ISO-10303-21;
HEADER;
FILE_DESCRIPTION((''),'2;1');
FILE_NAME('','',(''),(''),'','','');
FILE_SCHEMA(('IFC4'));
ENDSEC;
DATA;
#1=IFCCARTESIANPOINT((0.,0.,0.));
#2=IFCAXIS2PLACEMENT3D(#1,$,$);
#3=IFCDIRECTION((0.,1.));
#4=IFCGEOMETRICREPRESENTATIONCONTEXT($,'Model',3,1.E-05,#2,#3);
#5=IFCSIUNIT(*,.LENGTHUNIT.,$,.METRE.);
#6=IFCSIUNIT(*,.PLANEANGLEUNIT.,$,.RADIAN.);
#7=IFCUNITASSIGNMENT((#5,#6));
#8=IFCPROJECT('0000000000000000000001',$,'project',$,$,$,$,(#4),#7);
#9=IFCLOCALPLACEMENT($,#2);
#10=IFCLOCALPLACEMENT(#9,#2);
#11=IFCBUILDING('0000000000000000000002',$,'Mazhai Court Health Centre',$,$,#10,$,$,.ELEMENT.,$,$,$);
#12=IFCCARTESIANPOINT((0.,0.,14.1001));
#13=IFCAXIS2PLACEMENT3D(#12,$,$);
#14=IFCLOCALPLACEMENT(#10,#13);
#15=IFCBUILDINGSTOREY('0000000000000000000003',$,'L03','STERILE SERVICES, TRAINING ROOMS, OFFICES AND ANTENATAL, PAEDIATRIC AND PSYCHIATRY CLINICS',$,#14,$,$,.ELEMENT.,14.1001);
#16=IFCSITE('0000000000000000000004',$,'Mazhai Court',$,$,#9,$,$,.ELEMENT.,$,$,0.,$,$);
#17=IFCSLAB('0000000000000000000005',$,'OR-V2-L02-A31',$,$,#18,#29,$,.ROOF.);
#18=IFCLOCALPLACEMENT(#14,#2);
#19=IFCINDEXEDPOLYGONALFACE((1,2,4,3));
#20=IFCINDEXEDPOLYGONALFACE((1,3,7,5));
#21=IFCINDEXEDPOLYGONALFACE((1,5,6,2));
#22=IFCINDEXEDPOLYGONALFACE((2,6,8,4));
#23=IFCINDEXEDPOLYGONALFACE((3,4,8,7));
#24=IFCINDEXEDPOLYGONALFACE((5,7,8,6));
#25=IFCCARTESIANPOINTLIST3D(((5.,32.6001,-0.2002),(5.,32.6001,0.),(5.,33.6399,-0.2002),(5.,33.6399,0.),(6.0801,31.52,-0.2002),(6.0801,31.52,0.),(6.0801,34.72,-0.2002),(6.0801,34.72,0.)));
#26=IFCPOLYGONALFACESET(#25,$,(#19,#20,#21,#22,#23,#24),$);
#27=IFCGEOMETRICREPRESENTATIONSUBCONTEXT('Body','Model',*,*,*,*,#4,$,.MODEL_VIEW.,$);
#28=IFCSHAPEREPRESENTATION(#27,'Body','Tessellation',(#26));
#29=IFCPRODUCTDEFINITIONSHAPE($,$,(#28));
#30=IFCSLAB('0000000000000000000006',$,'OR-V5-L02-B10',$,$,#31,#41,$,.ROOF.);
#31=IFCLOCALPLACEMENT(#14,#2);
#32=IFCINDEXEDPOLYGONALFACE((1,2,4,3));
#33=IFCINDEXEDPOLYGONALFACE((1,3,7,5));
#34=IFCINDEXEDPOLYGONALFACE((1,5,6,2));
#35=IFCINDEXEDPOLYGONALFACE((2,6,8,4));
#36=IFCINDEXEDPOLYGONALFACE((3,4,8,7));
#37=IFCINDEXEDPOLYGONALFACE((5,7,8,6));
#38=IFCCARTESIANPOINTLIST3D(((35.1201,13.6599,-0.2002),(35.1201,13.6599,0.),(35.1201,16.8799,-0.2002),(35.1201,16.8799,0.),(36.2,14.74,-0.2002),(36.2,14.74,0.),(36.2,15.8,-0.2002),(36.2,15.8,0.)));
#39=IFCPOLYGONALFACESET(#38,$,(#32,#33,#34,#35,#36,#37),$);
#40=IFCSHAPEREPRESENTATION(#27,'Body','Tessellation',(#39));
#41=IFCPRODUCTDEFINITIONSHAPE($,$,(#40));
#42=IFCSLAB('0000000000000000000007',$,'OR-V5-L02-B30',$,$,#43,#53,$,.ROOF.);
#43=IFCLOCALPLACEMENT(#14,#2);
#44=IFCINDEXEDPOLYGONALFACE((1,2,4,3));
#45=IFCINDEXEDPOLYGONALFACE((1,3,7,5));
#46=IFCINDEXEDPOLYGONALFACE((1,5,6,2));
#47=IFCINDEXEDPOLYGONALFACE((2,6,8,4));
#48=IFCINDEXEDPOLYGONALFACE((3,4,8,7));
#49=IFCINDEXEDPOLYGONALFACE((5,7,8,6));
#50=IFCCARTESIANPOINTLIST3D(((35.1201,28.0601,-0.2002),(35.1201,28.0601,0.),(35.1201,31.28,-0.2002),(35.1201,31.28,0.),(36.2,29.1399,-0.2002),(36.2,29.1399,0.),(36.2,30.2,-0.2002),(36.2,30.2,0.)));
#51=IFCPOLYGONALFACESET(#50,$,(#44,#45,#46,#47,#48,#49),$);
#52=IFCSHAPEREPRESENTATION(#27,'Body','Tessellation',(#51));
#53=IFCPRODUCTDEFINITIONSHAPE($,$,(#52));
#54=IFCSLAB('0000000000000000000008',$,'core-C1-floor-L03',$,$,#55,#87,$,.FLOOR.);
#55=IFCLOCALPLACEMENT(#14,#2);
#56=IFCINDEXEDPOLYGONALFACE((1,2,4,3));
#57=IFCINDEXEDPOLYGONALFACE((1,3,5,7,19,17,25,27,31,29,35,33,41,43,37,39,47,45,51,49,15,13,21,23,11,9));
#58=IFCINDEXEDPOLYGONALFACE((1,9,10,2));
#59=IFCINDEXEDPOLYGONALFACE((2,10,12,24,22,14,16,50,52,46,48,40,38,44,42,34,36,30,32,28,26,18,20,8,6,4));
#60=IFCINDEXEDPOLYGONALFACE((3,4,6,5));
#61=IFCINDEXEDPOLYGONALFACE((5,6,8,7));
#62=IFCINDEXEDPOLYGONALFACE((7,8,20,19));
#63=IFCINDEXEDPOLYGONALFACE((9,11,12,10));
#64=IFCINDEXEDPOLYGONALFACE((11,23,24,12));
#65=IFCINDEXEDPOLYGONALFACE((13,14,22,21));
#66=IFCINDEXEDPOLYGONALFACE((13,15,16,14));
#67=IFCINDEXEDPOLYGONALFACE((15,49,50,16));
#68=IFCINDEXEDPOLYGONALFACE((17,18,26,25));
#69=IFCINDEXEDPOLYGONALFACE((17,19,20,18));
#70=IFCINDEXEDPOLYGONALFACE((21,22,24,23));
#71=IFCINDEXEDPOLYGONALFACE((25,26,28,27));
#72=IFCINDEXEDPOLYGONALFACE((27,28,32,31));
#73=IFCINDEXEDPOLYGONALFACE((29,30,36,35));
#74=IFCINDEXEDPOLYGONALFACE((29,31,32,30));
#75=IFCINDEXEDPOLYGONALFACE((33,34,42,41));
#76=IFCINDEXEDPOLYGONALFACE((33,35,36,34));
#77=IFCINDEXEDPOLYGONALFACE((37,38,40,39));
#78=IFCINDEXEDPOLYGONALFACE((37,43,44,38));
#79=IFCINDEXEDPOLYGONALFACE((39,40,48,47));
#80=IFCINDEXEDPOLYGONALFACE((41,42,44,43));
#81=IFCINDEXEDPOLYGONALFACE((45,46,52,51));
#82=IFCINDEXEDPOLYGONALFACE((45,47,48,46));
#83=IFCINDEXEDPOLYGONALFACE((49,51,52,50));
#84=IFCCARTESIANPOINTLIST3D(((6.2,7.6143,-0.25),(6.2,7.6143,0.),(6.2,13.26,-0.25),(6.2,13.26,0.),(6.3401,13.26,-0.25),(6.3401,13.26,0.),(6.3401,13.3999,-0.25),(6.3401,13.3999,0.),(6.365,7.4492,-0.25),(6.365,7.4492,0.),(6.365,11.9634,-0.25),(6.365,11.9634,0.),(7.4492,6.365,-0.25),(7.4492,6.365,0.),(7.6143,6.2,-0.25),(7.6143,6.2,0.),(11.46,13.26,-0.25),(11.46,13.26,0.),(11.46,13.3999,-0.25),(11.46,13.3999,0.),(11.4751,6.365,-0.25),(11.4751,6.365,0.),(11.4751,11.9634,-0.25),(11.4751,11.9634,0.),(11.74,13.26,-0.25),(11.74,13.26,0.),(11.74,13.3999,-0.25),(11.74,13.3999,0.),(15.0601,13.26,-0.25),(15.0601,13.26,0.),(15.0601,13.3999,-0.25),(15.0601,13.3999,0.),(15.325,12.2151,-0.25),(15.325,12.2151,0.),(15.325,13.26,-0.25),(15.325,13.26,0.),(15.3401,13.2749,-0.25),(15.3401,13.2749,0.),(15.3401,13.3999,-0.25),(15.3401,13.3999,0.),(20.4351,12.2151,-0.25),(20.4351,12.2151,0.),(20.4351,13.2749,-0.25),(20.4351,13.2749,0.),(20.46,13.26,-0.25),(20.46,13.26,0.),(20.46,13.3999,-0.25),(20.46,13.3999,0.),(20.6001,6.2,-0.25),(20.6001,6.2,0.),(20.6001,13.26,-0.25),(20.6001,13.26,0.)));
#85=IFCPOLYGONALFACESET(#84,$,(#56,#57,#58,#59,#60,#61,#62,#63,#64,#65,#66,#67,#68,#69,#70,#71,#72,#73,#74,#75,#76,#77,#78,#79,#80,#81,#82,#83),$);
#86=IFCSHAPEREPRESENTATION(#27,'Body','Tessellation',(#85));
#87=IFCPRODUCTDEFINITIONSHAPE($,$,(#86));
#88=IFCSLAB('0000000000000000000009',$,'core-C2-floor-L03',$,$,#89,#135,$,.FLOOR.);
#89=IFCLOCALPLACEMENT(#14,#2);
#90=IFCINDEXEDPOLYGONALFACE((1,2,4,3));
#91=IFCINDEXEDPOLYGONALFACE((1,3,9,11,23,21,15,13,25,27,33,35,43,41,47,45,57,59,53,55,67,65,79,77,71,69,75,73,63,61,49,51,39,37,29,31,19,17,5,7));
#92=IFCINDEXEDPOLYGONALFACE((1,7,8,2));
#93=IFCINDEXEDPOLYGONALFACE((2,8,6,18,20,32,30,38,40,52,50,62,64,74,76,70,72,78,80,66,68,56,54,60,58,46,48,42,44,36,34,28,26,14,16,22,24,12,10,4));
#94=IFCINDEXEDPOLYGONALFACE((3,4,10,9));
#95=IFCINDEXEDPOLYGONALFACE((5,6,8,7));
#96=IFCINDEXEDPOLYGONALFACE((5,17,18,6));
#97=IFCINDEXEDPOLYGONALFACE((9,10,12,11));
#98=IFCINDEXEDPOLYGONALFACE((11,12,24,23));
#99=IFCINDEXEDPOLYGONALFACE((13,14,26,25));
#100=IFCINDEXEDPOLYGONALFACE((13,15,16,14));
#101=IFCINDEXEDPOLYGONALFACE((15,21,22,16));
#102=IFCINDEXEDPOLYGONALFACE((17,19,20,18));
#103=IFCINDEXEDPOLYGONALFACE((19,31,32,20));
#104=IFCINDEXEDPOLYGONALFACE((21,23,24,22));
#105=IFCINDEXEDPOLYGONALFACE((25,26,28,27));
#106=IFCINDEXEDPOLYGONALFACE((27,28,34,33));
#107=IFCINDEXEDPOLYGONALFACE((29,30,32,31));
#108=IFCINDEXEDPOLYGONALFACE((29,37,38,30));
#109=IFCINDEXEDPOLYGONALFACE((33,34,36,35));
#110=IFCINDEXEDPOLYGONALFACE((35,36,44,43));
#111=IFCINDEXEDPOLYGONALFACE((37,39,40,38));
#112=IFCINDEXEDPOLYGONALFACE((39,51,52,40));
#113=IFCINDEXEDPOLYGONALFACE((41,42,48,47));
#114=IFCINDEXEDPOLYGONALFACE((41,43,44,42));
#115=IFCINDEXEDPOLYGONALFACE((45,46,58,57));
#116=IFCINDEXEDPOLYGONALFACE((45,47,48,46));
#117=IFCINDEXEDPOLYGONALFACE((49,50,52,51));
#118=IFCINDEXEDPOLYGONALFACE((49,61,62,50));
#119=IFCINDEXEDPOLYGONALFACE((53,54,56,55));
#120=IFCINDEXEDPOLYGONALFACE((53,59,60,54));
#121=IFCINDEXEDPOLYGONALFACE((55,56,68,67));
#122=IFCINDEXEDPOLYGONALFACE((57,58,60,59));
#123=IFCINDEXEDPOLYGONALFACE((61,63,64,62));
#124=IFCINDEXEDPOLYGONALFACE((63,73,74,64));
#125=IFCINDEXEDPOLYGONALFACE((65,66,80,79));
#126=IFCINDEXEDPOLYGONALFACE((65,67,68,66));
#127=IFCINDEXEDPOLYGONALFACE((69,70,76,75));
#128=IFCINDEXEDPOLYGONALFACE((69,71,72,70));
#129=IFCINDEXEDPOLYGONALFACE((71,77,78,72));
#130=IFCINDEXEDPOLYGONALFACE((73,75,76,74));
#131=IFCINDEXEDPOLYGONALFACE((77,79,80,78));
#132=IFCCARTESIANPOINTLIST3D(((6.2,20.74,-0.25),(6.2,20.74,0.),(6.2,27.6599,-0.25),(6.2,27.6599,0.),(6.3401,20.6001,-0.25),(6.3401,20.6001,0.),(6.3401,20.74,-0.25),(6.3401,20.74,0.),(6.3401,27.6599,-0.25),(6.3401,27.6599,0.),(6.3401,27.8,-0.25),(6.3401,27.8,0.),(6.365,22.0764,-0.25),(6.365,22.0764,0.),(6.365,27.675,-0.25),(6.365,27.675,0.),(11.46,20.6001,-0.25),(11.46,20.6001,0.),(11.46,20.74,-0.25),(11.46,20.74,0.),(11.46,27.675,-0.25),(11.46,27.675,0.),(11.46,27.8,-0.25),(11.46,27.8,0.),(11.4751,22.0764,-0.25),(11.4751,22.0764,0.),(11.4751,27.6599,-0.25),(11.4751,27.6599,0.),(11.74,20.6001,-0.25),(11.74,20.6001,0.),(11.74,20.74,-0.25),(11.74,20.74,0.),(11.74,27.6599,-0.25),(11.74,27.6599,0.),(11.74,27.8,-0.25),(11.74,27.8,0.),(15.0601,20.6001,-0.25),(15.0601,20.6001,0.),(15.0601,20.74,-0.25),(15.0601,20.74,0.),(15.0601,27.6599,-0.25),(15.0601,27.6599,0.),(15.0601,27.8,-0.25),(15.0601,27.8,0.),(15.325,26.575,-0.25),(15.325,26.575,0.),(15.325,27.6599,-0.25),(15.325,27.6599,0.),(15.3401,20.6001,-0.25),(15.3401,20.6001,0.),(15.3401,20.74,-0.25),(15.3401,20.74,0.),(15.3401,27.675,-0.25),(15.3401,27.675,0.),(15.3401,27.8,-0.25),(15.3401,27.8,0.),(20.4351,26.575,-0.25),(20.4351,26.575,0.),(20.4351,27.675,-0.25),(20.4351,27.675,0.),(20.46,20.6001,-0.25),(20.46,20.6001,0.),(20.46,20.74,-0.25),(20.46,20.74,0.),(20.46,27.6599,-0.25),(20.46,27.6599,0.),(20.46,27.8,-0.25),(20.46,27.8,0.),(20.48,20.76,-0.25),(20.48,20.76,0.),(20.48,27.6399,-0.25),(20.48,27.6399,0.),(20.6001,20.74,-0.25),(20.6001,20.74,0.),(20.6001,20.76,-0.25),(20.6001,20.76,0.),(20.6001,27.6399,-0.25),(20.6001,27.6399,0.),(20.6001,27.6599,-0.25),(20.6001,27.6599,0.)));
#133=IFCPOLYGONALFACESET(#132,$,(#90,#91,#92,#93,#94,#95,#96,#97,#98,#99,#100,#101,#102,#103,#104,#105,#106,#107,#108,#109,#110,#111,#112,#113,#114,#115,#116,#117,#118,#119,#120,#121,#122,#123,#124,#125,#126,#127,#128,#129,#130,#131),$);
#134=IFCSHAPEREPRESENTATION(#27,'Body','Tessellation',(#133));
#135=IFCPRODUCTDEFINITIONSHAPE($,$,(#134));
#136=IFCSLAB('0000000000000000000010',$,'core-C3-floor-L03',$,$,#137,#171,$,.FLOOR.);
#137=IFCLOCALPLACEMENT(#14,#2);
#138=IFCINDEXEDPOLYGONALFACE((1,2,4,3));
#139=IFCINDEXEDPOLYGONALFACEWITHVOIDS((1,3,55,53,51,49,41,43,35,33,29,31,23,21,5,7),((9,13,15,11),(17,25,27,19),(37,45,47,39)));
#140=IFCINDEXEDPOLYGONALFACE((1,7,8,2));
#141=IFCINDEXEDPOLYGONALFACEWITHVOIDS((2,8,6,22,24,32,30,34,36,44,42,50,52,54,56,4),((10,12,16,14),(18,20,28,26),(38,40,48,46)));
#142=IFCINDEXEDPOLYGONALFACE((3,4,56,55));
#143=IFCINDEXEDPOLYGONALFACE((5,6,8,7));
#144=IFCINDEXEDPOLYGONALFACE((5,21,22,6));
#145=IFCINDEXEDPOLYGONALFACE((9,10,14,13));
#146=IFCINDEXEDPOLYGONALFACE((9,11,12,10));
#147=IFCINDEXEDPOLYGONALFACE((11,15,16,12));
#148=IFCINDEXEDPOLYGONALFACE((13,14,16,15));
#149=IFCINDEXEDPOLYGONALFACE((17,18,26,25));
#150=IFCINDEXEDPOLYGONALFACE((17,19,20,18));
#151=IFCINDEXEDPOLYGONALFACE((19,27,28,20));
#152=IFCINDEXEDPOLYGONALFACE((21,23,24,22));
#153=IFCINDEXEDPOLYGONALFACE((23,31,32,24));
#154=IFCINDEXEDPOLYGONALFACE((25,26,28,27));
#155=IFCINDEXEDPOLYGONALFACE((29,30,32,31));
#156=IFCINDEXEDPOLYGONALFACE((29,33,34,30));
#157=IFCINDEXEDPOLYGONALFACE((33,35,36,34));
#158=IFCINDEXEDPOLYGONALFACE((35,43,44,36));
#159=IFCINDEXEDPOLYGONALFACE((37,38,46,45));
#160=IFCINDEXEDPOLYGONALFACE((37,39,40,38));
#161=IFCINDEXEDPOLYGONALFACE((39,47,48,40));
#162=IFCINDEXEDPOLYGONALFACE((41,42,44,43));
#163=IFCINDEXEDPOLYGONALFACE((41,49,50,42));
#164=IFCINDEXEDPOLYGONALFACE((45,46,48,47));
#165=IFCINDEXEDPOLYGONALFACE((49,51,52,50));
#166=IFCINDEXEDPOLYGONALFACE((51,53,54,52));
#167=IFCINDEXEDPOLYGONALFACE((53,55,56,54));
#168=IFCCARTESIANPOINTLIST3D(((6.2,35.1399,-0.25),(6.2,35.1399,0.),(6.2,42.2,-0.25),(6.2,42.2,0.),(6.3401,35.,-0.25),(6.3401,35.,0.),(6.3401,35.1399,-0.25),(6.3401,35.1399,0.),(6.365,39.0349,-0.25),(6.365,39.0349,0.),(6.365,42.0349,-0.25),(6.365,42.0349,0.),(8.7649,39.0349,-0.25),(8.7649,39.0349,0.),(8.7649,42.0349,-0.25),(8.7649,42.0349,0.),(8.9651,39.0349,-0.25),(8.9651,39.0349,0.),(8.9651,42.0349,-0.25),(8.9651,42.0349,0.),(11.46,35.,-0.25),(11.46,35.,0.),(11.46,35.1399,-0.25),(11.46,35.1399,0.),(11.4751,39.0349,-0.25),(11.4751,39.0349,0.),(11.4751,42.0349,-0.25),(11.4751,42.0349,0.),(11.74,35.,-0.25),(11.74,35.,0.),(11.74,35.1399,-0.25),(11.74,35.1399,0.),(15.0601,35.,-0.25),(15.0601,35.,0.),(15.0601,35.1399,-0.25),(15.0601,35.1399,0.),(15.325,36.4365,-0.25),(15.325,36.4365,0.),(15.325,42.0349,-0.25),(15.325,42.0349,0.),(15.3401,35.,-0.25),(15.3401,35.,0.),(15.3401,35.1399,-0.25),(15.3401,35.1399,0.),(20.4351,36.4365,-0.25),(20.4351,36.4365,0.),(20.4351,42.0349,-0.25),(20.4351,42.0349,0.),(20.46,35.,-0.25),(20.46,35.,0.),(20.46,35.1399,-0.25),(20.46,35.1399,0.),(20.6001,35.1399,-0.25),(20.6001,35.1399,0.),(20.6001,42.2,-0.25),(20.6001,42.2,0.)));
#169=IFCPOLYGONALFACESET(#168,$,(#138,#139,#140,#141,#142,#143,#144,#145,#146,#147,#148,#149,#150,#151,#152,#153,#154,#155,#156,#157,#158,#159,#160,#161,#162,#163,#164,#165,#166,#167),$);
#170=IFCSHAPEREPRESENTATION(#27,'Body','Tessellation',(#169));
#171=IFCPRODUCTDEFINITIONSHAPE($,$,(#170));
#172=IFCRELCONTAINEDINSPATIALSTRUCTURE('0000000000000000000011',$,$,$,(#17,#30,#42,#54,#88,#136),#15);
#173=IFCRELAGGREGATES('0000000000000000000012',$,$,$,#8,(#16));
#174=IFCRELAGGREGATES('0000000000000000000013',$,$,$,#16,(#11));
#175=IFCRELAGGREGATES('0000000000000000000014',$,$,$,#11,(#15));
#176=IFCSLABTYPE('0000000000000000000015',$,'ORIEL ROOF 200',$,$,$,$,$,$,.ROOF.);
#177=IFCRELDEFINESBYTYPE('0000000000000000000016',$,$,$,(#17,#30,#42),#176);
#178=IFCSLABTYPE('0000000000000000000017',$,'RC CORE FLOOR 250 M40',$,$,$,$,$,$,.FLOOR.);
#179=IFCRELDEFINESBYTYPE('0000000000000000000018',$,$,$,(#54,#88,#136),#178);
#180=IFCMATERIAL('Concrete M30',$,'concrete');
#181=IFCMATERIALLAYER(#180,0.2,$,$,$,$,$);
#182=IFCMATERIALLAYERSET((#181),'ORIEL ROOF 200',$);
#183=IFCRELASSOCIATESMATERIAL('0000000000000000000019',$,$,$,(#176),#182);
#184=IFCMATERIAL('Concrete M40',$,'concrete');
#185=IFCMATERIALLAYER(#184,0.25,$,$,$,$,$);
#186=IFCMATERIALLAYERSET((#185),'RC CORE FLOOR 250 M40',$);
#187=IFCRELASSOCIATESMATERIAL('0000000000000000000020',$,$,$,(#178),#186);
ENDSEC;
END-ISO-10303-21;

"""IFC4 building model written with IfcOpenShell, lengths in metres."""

from ifc_helpers import new_model, si_unit, direction, frame, origin, place, context, subcontext, project, spatial, polyline, outline, extrude, material, layer, layer_set, type_object, element, save


model = new_model("IFC4")

# Units and contexts
model_context = context("Model", 3, precision=1e-05, world=origin(), true_north=direction((0.0, 1.0)))
body_context = subcontext(model_context, "Body", "Model", "MODEL_VIEW")
ifc_project = project(units=[si_unit("LENGTHUNIT", "METRE"), si_unit("PLANEANGLEUNIT", "RADIAN")], contexts=[model_context])

# Site, building, storey
site_placement = place(None, origin())
site = spatial("IfcSite", under=ifc_project, at=site_placement, Name="Mazhai Court", CompositionType="ELEMENT", RefElevation=0.0)
building_placement = place(site_placement, origin())
building = spatial("IfcBuilding", under=site, at=building_placement, Name="Mazhai Court Health Centre", CompositionType="ELEMENT")
storey_placement = place(building_placement, frame((0.0, 0.0, 14.1001)))
storey = spatial("IfcBuildingStorey", under=building, at=storey_placement, Name="L03", Description="STERILE SERVICES, TRAINING ROOMS, OFFICES AND ANTENATAL, PAEDIATRIC AND PSYCHIATRY CLINICS", CompositionType="ELEMENT", Elevation=14.1001)

# Slabs
ifc_material_1 = material(Name="Concrete M30", Category="concrete")
ifc_layer_1 = layer(ifc_material_1, 0.2)
ifc_layer_set_1 = layer_set([ifc_layer_1], Name="ORIEL ROOF 200")
slab_type_1 = type_object("IfcSlabType", Name="ORIEL ROOF 200", PredefinedType="ROOF", material=ifc_layer_set_1)
slab_1_placement = place(storey_placement, frame((0.0, 0.0, -0.2002)))
element("IfcSlab", 1, at=slab_1_placement, inside=storey, type_object=slab_type_1, Name="OR-V2-L02-A31", PredefinedType="ROOF", context=body_context, shape_type="SweptSolid", body=[
    extrude(outline(polyline([(6.0801, 31.52), (5.0, 32.6001), (5.0, 33.6399), (6.0801, 34.72), (6.0801, 31.52)])), origin(), (0.0, 0.0, 1.0), 0.2002),
])
slab_2_placement = place(storey_placement, frame((0.0, 0.0, -0.2002)))
element("IfcSlab", 2, at=slab_2_placement, inside=storey, type_object=slab_type_1, Name="OR-V5-L02-B10", PredefinedType="ROOF", context=body_context, shape_type="SweptSolid", body=[
    extrude(outline(polyline([(35.1201, 13.6599), (36.2, 14.74), (36.2, 15.8), (35.1201, 16.8799), (35.1201, 13.6599)])), origin(), (0.0, 0.0, 1.0), 0.2002),
])
slab_3_placement = place(storey_placement, frame((0.0, 0.0, -0.2002)))
element("IfcSlab", 3, at=slab_3_placement, inside=storey, type_object=slab_type_1, Name="OR-V5-L02-B30", PredefinedType="ROOF", context=body_context, shape_type="SweptSolid", body=[
    extrude(outline(polyline([(35.1201, 28.0601), (36.2, 29.1399), (36.2, 30.2), (35.1201, 31.28), (35.1201, 28.0601)])), origin(), (0.0, 0.0, 1.0), 0.2002),
])
ifc_material_2 = material(Name="Concrete M40", Category="concrete")
ifc_layer_2 = layer(ifc_material_2, 0.25)
ifc_layer_set_2 = layer_set([ifc_layer_2], Name="RC CORE FLOOR 250 M40")
slab_type_2 = type_object("IfcSlabType", Name="RC CORE FLOOR 250 M40", PredefinedType="FLOOR", material=ifc_layer_set_2)
slab_4_placement = place(storey_placement, frame((0.0, 0.0, -0.25)))
element("IfcSlab", 4, at=slab_4_placement, inside=storey, type_object=slab_type_2, Name="core-C1-floor-L03", PredefinedType="FLOOR", context=body_context, shape_type="SweptSolid", body=[
    extrude(outline(polyline([(6.3401, 13.3999), (11.46, 13.3999), (11.46, 13.26), (11.74, 13.26), (11.74, 13.3999), (15.0601, 13.3999), (15.0601, 13.26), (15.325, 13.26), (15.325, 12.2151), (20.4351, 12.2151), (20.4351, 13.2749), (15.3401, 13.2749), (15.3401, 13.3999), (20.46, 13.3999), (20.46, 13.26), (20.6001, 13.26), (20.6001, 6.2), (7.6143, 6.2), (7.4492, 6.365), (11.4751, 6.365), (11.4751, 11.9634), (6.365, 11.9634), (6.365, 7.4492), (6.2, 7.6143), (6.2, 13.26), (6.3401, 13.26), (6.3401, 13.3999)])), origin(), (0.0, 0.0, 1.0), 0.25),
])
slab_5_placement = place(storey_placement, frame((0.0, 0.0, -0.25)))
element("IfcSlab", 5, at=slab_5_placement, inside=storey, type_object=slab_type_2, Name="core-C2-floor-L03", PredefinedType="FLOOR", context=body_context, shape_type="SweptSolid", body=[
    extrude(outline(polyline([(6.3401, 27.8), (11.46, 27.8), (11.46, 27.675), (6.365, 27.675), (6.365, 22.0764), (11.4751, 22.0764), (11.4751, 27.6599), (11.74, 27.6599), (11.74, 27.8), (15.0601, 27.8), (15.0601, 27.6599), (15.325, 27.6599), (15.325, 26.575), (20.4351, 26.575), (20.4351, 27.675), (15.3401, 27.675), (15.3401, 27.8), (20.46, 27.8), (20.46, 27.6599), (20.6001, 27.6599), (20.6001, 27.6399), (20.48, 27.6399), (20.48, 20.76), (20.6001, 20.76), (20.6001, 20.74), (20.46, 20.74), (20.46, 20.6001), (15.3401, 20.6001), (15.3401, 20.74), (15.0601, 20.74), (15.0601, 20.6001), (11.74, 20.6001), (11.74, 20.74), (11.46, 20.74), (11.46, 20.6001), (6.3401, 20.6001), (6.3401, 20.74), (6.2, 20.74), (6.2, 27.6599), (6.3401, 27.6599), (6.3401, 27.8)])), origin(), (0.0, 0.0, 1.0), 0.25),
])
slab_6_placement = place(storey_placement, frame((0.0, 0.0, -0.25)))
element("IfcSlab", 6, at=slab_6_placement, inside=storey, type_object=slab_type_2, Name="core-C3-floor-L03", PredefinedType="FLOOR", context=body_context, shape_type="SweptSolid", body=[
    extrude(outline(polyline([(20.6001, 42.2), (20.6001, 35.1399), (20.46, 35.1399), (20.46, 35.0), (15.3401, 35.0), (15.3401, 35.1399), (15.0601, 35.1399), (15.0601, 35.0), (11.74, 35.0), (11.74, 35.1399), (11.46, 35.1399), (11.46, 35.0), (6.3401, 35.0), (6.3401, 35.1399), (6.2, 35.1399), (6.2, 42.2), (20.6001, 42.2)]), holes=[polyline([(15.325, 36.4365), (20.4351, 36.4365), (20.4351, 42.0349), (15.325, 42.0349), (15.325, 36.4365)]), polyline([(8.7649, 42.0349), (6.365, 42.0349), (6.365, 39.0349), (8.7649, 39.0349), (8.7649, 42.0349)]), polyline([(11.4751, 42.0349), (8.9651, 42.0349), (8.9651, 39.0349), (11.4751, 39.0349), (11.4751, 42.0349)])]), origin(), (0.0, 0.0, 1.0), 0.25),
])

save(model, "model.ifc")
